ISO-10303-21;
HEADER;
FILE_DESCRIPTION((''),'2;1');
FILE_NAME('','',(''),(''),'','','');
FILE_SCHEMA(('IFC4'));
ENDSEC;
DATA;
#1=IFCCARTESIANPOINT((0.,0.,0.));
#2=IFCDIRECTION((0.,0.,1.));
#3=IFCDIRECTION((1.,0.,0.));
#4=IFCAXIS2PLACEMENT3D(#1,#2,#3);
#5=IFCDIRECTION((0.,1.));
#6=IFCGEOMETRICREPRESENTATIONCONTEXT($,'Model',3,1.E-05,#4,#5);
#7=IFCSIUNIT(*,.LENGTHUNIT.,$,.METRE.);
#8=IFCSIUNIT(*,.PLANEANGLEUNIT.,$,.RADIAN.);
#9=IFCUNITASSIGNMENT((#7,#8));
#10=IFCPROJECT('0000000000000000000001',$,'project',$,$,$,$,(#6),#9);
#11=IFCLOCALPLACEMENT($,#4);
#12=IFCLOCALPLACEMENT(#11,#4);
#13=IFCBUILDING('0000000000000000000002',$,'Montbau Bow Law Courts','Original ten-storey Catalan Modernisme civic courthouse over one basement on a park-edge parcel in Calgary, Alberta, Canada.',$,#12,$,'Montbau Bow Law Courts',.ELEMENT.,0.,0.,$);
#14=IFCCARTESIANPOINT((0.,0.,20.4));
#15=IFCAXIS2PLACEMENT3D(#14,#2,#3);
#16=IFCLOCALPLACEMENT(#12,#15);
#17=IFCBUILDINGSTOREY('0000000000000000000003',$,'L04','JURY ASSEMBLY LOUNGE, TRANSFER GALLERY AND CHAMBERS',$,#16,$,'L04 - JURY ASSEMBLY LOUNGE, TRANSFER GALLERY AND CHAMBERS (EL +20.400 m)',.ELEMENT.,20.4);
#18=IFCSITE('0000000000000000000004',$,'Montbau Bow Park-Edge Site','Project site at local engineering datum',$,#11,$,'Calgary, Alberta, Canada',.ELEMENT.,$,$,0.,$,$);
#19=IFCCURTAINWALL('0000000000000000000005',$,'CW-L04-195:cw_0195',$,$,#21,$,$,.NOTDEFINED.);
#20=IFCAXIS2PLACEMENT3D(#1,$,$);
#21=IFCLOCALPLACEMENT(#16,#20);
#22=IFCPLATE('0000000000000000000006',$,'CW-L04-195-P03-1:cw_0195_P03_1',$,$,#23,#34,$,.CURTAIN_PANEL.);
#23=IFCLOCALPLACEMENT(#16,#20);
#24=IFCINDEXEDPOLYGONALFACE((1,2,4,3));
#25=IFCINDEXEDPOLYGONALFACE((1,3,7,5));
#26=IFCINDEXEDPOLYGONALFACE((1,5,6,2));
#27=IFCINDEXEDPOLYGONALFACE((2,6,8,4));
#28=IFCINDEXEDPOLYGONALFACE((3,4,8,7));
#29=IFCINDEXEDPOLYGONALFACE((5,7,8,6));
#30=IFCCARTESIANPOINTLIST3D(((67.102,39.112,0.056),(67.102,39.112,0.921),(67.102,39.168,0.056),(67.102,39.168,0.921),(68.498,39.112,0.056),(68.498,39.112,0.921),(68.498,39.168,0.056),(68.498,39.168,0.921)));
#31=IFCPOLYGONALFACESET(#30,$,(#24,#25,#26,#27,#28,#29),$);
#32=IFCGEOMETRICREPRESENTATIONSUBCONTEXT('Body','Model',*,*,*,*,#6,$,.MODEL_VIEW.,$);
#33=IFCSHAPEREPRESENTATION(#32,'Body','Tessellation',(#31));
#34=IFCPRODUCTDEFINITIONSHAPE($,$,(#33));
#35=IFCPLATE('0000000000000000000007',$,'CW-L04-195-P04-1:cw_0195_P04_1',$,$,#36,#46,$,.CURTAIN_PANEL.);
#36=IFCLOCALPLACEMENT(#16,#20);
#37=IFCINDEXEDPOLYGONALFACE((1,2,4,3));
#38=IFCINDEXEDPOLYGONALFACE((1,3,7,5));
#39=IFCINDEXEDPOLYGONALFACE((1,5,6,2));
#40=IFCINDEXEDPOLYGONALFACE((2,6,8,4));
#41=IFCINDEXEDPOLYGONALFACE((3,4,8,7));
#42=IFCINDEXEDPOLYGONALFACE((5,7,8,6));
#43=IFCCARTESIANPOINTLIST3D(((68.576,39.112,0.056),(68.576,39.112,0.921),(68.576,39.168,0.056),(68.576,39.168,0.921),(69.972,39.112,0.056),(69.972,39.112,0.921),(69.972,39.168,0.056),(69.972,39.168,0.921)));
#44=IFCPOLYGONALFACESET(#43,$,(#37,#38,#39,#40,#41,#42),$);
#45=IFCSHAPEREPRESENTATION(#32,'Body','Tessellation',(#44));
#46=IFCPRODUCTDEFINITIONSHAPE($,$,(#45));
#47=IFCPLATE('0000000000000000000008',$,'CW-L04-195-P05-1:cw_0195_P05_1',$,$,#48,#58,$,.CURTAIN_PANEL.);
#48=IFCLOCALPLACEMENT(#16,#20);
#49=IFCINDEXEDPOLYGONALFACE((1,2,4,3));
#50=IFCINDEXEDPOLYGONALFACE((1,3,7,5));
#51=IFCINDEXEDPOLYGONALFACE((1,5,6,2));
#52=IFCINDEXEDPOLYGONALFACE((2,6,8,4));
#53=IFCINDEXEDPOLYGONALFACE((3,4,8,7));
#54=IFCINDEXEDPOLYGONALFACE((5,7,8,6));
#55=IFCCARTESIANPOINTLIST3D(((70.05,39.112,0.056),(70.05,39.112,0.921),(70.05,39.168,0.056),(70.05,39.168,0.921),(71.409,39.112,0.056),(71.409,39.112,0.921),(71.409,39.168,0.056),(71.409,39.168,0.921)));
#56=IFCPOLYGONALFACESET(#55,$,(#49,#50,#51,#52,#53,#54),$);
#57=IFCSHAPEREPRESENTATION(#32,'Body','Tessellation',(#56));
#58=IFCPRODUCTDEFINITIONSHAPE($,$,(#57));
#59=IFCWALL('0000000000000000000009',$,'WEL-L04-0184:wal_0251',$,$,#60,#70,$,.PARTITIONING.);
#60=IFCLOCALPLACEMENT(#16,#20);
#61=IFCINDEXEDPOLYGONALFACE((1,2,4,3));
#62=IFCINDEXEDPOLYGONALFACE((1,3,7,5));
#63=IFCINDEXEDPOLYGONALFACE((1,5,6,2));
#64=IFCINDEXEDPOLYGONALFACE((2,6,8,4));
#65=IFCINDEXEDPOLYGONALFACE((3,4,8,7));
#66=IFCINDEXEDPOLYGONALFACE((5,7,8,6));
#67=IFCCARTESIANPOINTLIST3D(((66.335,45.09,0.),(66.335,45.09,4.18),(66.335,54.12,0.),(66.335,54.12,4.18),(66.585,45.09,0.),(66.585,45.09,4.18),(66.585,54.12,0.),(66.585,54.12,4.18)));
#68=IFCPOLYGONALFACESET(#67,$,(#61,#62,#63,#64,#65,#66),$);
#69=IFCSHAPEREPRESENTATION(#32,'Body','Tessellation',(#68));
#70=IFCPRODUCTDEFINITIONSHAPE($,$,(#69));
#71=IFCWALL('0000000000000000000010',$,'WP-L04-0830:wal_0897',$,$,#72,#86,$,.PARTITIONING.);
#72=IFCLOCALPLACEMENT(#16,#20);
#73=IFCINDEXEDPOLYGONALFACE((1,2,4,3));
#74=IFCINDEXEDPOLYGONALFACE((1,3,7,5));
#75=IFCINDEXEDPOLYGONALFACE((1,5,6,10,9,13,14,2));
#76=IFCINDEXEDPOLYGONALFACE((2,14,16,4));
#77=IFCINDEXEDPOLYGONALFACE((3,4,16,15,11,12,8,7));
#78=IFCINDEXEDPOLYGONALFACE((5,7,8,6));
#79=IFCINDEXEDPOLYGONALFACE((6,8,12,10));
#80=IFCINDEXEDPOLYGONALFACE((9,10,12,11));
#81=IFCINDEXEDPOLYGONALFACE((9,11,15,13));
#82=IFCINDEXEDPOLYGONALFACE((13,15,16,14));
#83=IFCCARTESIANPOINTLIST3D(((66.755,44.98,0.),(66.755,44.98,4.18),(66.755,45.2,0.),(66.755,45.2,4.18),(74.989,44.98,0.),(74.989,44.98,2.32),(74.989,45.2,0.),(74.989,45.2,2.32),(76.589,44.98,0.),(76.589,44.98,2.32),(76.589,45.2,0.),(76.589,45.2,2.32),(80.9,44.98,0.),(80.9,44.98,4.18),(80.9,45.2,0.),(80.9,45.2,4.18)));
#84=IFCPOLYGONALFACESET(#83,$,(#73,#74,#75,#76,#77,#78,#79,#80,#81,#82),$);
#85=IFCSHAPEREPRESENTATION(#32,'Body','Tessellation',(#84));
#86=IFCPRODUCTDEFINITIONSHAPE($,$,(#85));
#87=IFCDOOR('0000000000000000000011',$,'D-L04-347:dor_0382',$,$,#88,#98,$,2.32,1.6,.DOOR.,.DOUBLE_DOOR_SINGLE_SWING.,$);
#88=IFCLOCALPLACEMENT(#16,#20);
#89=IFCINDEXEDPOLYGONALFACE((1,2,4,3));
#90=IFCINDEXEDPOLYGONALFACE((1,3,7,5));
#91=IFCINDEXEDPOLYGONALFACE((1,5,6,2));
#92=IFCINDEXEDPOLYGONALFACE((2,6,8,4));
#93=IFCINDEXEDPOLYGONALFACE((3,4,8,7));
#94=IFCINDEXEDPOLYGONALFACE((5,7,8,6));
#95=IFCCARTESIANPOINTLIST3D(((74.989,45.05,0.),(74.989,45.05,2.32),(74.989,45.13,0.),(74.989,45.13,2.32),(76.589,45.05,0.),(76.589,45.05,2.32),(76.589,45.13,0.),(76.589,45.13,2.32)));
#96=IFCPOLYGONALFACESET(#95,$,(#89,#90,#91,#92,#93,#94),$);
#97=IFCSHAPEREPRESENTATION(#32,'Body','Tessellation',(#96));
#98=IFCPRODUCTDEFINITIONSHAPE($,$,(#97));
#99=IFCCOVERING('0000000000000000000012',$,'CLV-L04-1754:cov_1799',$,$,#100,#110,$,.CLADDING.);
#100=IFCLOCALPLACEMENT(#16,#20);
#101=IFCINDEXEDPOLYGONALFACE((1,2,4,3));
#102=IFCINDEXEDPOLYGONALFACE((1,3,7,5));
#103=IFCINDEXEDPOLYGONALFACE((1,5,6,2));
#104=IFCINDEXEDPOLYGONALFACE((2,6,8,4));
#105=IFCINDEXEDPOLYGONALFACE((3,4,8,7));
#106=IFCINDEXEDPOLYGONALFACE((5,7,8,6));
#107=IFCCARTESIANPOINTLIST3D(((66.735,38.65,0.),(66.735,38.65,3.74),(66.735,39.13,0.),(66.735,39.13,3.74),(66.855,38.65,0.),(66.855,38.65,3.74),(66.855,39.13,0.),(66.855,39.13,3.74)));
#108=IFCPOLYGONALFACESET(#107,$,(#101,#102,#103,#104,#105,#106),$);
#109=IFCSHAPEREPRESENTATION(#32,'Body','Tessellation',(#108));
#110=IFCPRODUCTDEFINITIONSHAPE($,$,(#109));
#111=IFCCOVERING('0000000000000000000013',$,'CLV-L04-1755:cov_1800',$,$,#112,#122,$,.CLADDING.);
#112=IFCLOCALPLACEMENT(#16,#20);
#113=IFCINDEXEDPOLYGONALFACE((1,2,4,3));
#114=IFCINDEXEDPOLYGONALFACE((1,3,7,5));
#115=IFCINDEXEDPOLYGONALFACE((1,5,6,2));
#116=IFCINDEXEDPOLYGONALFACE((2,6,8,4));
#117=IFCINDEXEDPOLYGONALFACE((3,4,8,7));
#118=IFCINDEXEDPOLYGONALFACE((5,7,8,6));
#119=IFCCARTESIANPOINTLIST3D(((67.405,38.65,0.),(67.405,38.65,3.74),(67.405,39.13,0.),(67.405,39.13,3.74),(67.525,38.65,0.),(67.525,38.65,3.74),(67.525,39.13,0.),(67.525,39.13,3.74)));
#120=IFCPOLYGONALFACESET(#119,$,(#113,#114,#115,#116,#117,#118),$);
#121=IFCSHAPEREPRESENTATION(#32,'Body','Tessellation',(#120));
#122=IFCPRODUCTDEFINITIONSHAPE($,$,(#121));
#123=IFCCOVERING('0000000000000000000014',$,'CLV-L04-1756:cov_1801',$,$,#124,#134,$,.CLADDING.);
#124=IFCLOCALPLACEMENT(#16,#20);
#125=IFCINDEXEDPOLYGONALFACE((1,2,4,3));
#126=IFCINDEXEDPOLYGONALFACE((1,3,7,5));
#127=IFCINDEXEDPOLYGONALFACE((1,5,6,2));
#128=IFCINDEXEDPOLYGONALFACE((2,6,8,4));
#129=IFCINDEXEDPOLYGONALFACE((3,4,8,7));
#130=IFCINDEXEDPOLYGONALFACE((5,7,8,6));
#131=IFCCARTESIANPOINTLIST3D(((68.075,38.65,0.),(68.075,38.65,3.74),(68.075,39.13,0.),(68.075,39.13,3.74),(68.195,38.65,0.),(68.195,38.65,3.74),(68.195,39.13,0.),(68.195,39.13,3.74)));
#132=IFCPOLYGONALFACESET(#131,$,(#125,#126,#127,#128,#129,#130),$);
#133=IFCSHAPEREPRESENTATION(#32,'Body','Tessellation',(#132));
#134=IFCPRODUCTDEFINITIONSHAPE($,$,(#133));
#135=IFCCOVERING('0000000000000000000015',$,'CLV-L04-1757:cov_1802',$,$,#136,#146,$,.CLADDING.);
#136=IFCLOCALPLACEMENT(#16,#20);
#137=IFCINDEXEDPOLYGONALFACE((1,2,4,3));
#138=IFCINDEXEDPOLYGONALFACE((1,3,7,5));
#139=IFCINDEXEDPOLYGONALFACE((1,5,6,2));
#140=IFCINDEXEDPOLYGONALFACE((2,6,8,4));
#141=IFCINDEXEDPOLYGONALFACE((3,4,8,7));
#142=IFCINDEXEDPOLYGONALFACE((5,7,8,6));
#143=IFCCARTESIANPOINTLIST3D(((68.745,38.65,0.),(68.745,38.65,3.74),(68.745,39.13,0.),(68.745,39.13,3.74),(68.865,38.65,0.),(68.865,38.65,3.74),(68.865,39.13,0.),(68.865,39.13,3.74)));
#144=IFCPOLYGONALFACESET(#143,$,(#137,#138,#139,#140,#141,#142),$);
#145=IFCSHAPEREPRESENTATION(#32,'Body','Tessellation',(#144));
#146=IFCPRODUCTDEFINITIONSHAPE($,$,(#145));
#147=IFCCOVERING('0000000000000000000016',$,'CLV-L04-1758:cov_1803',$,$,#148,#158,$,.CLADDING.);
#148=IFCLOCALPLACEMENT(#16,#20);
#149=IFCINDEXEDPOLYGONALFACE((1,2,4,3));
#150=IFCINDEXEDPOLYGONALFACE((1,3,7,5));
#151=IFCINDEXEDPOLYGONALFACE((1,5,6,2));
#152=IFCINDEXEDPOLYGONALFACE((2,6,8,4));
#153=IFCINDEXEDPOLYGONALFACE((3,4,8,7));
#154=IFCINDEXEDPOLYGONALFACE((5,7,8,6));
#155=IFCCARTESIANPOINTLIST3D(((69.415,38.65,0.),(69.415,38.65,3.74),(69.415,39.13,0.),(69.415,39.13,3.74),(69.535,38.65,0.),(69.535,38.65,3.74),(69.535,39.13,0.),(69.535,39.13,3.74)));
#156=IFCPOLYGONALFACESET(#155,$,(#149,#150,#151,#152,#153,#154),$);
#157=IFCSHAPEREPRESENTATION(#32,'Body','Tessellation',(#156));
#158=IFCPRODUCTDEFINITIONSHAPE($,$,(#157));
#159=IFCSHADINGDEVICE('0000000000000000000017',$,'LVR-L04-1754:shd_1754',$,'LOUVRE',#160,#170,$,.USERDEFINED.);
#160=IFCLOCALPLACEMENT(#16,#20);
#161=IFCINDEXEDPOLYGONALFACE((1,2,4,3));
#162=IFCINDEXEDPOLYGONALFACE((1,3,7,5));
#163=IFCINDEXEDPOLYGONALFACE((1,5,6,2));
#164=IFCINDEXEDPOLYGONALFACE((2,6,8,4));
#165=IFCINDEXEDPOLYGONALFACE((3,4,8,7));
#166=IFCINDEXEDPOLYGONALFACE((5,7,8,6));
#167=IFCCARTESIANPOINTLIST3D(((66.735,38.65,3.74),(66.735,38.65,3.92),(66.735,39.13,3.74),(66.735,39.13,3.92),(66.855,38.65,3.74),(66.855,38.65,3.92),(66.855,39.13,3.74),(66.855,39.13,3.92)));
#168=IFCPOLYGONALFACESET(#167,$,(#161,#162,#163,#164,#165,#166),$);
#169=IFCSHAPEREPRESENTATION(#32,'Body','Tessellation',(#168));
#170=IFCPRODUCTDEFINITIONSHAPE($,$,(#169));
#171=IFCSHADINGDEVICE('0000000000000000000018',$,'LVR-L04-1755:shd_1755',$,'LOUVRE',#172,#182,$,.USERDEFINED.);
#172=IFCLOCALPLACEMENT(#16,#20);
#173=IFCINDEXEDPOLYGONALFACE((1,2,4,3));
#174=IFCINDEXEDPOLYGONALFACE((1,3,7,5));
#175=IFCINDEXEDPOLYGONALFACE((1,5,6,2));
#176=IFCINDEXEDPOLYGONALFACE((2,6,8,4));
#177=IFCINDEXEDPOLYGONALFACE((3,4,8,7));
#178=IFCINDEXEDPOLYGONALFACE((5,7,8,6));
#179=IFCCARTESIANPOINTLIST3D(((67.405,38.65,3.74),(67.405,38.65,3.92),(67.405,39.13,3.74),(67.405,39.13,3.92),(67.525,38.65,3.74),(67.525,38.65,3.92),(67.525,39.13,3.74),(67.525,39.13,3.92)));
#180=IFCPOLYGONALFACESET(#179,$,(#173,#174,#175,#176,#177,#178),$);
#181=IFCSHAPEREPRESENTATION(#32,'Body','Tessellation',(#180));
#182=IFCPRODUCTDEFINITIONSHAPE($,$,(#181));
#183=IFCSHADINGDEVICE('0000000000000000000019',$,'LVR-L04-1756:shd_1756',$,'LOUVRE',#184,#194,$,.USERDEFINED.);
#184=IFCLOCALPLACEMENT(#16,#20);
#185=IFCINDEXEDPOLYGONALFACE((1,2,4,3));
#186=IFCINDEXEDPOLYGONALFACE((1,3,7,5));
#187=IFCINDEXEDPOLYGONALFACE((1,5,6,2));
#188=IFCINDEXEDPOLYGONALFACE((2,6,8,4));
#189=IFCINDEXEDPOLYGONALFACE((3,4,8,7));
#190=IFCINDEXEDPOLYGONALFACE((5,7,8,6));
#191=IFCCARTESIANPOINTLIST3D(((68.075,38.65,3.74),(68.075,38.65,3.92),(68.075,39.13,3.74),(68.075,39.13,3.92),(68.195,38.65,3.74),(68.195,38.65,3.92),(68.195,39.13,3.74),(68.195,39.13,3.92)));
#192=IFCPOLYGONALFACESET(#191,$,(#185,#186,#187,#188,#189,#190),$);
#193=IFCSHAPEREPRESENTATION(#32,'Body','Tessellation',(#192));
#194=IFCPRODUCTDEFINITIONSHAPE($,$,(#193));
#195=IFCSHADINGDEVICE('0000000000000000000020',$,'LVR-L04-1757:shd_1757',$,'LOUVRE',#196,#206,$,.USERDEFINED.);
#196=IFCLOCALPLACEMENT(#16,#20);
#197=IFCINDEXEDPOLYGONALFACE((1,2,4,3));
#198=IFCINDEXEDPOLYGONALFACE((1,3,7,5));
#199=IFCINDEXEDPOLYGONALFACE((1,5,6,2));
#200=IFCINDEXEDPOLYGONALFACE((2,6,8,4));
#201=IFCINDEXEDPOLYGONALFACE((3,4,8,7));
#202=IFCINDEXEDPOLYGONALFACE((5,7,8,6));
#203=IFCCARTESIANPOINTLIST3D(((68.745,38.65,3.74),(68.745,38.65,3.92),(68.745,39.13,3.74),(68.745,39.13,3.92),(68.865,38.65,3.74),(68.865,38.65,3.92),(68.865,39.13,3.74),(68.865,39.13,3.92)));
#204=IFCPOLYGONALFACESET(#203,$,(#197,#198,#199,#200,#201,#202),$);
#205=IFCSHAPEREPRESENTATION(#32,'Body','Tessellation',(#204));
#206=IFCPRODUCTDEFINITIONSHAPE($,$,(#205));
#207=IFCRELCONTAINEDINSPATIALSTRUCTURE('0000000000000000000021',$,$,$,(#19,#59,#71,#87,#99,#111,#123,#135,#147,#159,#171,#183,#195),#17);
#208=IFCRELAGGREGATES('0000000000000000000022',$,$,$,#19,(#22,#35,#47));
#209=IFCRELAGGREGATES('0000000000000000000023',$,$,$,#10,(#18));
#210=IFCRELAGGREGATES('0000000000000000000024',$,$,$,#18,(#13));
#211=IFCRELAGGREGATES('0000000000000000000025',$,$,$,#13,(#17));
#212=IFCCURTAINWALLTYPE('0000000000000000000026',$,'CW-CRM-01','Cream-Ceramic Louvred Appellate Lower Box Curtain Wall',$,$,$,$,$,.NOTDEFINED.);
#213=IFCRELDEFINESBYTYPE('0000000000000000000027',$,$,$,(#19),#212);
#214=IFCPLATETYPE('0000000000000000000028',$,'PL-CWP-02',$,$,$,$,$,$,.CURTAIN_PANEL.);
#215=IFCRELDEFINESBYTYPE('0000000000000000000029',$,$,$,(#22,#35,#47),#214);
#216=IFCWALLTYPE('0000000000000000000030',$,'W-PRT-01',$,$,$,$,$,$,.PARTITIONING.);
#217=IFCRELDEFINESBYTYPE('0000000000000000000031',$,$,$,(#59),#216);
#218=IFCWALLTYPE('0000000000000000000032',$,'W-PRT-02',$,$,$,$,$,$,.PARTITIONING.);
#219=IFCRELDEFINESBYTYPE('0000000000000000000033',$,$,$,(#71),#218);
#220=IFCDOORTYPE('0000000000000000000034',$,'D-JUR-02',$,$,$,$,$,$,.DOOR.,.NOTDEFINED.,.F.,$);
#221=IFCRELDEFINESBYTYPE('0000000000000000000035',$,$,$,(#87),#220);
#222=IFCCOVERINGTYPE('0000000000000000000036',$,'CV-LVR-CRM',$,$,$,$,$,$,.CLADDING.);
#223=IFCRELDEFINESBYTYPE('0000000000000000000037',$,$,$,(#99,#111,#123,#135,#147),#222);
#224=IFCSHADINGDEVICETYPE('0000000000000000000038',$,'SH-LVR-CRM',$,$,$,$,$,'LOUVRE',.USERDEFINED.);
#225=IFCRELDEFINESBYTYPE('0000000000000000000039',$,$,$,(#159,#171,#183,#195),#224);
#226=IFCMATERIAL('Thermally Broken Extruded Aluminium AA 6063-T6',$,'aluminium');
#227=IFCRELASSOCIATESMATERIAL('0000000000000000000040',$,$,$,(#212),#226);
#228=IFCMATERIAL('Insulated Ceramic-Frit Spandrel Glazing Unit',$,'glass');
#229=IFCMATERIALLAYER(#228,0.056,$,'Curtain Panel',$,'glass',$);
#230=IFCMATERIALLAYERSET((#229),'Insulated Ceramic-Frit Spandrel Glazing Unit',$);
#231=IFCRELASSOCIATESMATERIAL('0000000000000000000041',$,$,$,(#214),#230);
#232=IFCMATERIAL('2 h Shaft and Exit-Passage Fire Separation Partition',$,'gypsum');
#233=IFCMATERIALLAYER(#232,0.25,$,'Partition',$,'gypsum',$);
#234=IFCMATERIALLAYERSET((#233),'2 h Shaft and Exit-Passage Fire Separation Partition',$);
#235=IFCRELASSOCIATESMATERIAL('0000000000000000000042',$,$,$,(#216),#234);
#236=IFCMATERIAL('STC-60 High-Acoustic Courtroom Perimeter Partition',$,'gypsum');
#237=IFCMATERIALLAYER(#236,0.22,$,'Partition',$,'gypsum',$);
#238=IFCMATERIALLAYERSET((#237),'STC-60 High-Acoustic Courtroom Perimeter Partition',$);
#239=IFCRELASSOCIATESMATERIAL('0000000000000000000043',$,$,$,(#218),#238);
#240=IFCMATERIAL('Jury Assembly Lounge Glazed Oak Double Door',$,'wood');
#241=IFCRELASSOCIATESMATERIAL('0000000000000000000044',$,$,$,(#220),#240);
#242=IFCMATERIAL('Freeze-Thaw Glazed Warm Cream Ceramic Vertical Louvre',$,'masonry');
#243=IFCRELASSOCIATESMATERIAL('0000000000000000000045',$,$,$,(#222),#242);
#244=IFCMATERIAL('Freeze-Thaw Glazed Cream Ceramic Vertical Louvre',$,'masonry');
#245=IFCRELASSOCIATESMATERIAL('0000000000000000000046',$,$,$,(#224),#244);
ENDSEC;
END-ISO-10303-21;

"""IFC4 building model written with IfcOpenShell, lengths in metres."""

from ifc_helpers import new_model, si_unit, direction, frame, frame_2d, origin_with_axes, origin_2d_with_axis, place, context, subcontext, project, spatial, rectangle, extrude, material, layer, layer_set, type_object, element, fill, aggregate, save


model = new_model("IFC4")

# Units and contexts
model_context = context("Model", 3, precision=1e-05, world=origin_with_axes(), true_north=direction((0.0, 1.0)))
body_context = subcontext(model_context, "Body", "Model", "MODEL_VIEW")
ifc_project = project(units=[si_unit("LENGTHUNIT", "METRE"), si_unit("PLANEANGLEUNIT", "RADIAN")], contexts=[model_context])

# Site, building, storey
site_placement = place(None, origin_with_axes())
site = spatial("IfcSite", under=ifc_project, at=site_placement, Name="Montbau Bow Park-Edge Site", Description="Project site at local engineering datum", LongName="Calgary, Alberta, Canada", CompositionType="ELEMENT", RefElevation=0.0)
building_placement = place(site_placement, origin_with_axes())
building = spatial("IfcBuilding", under=site, at=building_placement, Name="Montbau Bow Law Courts", Description="Original ten-storey Catalan Modernisme civic courthouse over one basement on a park-edge parcel in Calgary, Alberta, Canada.", LongName="Montbau Bow Law Courts", CompositionType="ELEMENT", ElevationOfRefHeight=0.0, ElevationOfTerrain=0.0)
storey_placement = place(building_placement, frame((0.0, 0.0, 20.4), z_axis=(0.0, 0.0, 1.0), x_axis=(1.0, 0.0, 0.0)))
storey = spatial("IfcBuildingStorey", under=building, at=storey_placement, Name="L04", Description="JURY ASSEMBLY LOUNGE, TRANSFER GALLERY AND CHAMBERS", LongName="L04 - JURY ASSEMBLY LOUNGE, TRANSFER GALLERY AND CHAMBERS (EL +20.400 m)", CompositionType="ELEMENT", Elevation=20.4)

# Curtain wall, plates
ifc_material_1 = material(Name="Thermally Broken Extruded Aluminium AA 6063-T6", Category="aluminium")
curtain_wall_type = type_object("IfcCurtainWallType", Name="CW-CRM-01", Description="Cream-Ceramic Louvred Appellate Lower Box Curtain Wall", PredefinedType="NOTDEFINED", material=ifc_material_1)
curtain_wall_placement = place(None, frame((64.115, 39.14, 20.4), z_axis=(0.0, 0.0, 1.0), x_axis=(1.0, 0.0, 0.0)))
curtain_wall = element("IfcCurtainWall", 1, at=curtain_wall_placement, inside=storey, type_object=curtain_wall_type, Name="CW-L04-195:cw_0195", PredefinedType="NOTDEFINED")
ifc_material_2 = material(Name="Insulated Ceramic-Frit Spandrel Glazing Unit", Category="glass")
ifc_layer_1 = layer(ifc_material_2, 0.056, Name="Curtain Panel", Category="glass")
ifc_layer_set_1 = layer_set([ifc_layer_1], Name="Insulated Ceramic-Frit Spandrel Glazing Unit")
plate_type_1 = type_object("IfcPlateType", Name="PL-CWP-02", PredefinedType="CURTAIN_PANEL", material=ifc_layer_set_1)
plate_1_placement = place(None, frame((67.102, 39.14, 20.456), z_axis=(0.0, -1.0, 0.0), x_axis=(1.0, 0.0, 0.0)))
plate_1 = element("IfcPlate", 2, at=plate_1_placement, type_object=plate_type_1, Name="CW-L04-195-P03-1:cw_0195_P03_1", PredefinedType="CURTAIN_PANEL", context=body_context, shape_type="SweptSolid", body=[
    extrude(rectangle(XDim=1.396, YDim=0.865, at=frame_2d((0.698, 0.4325), x_axis=(1.0, 0.0))), frame((0.0, 0.0, -0.028), z_axis=(0.0, 0.0, 1.0), x_axis=(1.0, 0.0, 0.0)), (0.0, 0.0, 1.0), 0.056),
])
plate_2_placement = place(None, frame((68.576, 39.14, 20.456), z_axis=(0.0, -1.0, 0.0), x_axis=(1.0, 0.0, 0.0)))
plate_2 = element("IfcPlate", 3, at=plate_2_placement, type_object=plate_type_1, Name="CW-L04-195-P04-1:cw_0195_P04_1", PredefinedType="CURTAIN_PANEL", context=body_context, shape_type="SweptSolid", body=[
    extrude(rectangle(XDim=1.396, YDim=0.865, at=frame_2d((0.698, 0.4325), x_axis=(1.0, 0.0))), frame((0.0, 0.0, -0.028), z_axis=(0.0, 0.0, 1.0), x_axis=(1.0, 0.0, 0.0)), (0.0, 0.0, 1.0), 0.056),
])
plate_3_placement = place(None, frame((70.05, 39.14, 20.456), z_axis=(0.0, -1.0, 0.0), x_axis=(1.0, 0.0, 0.0)))
plate_3 = element("IfcPlate", 4, at=plate_3_placement, type_object=plate_type_1, Name="CW-L04-195-P05-1:cw_0195_P05_1", PredefinedType="CURTAIN_PANEL", context=body_context, shape_type="SweptSolid", body=[
    extrude(rectangle(XDim=1.359, YDim=0.865, at=frame_2d((0.6795, 0.4325), x_axis=(1.0, 0.0))), frame((0.0, 0.0, -0.028), z_axis=(0.0, 0.0, 1.0), x_axis=(1.0, 0.0, 0.0)), (0.0, 0.0, 1.0), 0.056),
])
aggregate(curtain_wall, [plate_1, plate_2, plate_3])

# Wall
ifc_material_3 = material(Name="2 h Shaft and Exit-Passage Fire Separation Partition", Category="gypsum")
ifc_layer_2 = layer(ifc_material_3, 0.25, Name="Partition", Category="gypsum")
ifc_layer_set_2 = layer_set([ifc_layer_2], Name="2 h Shaft and Exit-Passage Fire Separation Partition")
wall_type_1 = type_object("IfcWallType", Name="W-PRT-01", PredefinedType="PARTITIONING", material=ifc_layer_set_2)
wall_1_placement = place(None, frame((66.46, 45.09, 20.4), z_axis=(0.0, 0.0, 1.0), x_axis=(0.0, 1.0, 0.0)))
element("IfcWall", 5, at=wall_1_placement, inside=storey, type_object=wall_type_1, Name="WEL-L04-0184:wal_0251", PredefinedType="PARTITIONING", context=body_context, shape_type="SweptSolid", body=[
    extrude(rectangle(XDim=9.03, YDim=0.25, at=frame_2d((4.515, 0.0), x_axis=(1.0, 0.0))), origin_with_axes(), (0.0, 0.0, 1.0), 4.18),
])

# Wall, opening, door
ifc_material_4 = material(Name="STC-60 High-Acoustic Courtroom Perimeter Partition", Category="gypsum")
ifc_layer_3 = layer(ifc_material_4, 0.22, Name="Partition", Category="gypsum")
ifc_layer_set_3 = layer_set([ifc_layer_3], Name="STC-60 High-Acoustic Courtroom Perimeter Partition")
wall_type_2 = type_object("IfcWallType", Name="W-PRT-02", PredefinedType="PARTITIONING", material=ifc_layer_set_3)
wall_2_placement = place(None, frame((66.755, 45.09, 20.4), z_axis=(0.0, 0.0, 1.0), x_axis=(1.0, 0.0, 0.0)))
wall_2 = element("IfcWall", 6, at=wall_2_placement, inside=storey, type_object=wall_type_2, Name="WP-L04-0830:wal_0897", PredefinedType="PARTITIONING", context=body_context, shape_type="SweptSolid", body=[
    extrude(rectangle(XDim=14.145, YDim=0.22, at=frame_2d((7.0725, 0.0), x_axis=(1.0, 0.0))), origin_with_axes(), (0.0, 0.0, 1.0), 4.18),
])
opening_placement = place(None, frame((75.789, 45.09, 20.4), z_axis=(0.0, 0.0, 1.0), x_axis=(1.0, 0.0, 0.0)))
opening = element("IfcOpeningElement", 7, at=opening_placement, cuts=wall_2, PredefinedType="OPENING", context=body_context, shape_type="SweptSolid", body=[
    extrude(rectangle(XDim=1.6, YDim=2.32, at=frame_2d((0.0, 1.16), x_axis=(1.0, 0.0))), frame((0.0, 0.12, 0.0), z_axis=(0.0, -1.0, 0.0), x_axis=(1.0, 0.0, 0.0)), (0.0, 0.0, 1.0), 0.24),
])
ifc_material_5 = material(Name="Jury Assembly Lounge Glazed Oak Double Door", Category="wood")
door_type = type_object("IfcDoorType", Name="D-JUR-02", OperationType="NOTDEFINED", ParameterTakesPrecedence=False, PredefinedType="DOOR", material=ifc_material_5)
door_placement = place(None, frame((75.789, 45.09, 20.4), z_axis=(0.0, 0.0, 1.0), x_axis=(-1.0, 0.0, 0.0)))
door = element("IfcDoor", 8, at=door_placement, inside=storey, type_object=door_type, Name="D-L04-347:dor_0382", OperationType="DOUBLE_DOOR_SINGLE_SWING", OverallHeight=2.32, OverallWidth=1.6, PredefinedType="DOOR", context=body_context, shape_type="SweptSolid", body=[
    extrude(rectangle(XDim=1.6, YDim=2.32, at=frame_2d((0.0, 1.16), x_axis=(1.0, 0.0))), frame((0.0, 0.04, 0.0), z_axis=(0.0, -1.0, 0.0), x_axis=(1.0, 0.0, 0.0)), (0.0, 0.0, 1.0), 0.08),
])
fill(opening, door)

# Coverings
ifc_material_6 = material(Name="Freeze-Thaw Glazed Warm Cream Ceramic Vertical Louvre", Category="masonry")
covering_type = type_object("IfcCoveringType", Name="CV-LVR-CRM", PredefinedType="CLADDING", material=ifc_material_6)
for number, where, z_axis, x_axis, name in (
    (9, (66.795, 39.13, 20.4), (-1.0, 0.0, 0.0), (0.0, -1.0, 0.0), "CLV-L04-1754:cov_1799"),
    (10, (67.465, 39.13, 20.4), (-1.0, 0.0, 0.0), (0.0, -1.0, 0.0), "CLV-L04-1755:cov_1800"),
    (11, (68.135, 39.13, 20.4), (-1.0, 0.0, 0.0), (0.0, -1.0, 0.0), "CLV-L04-1756:cov_1801"),
    (12, (68.805, 39.13, 20.4), (-1.0, 0.0, 0.0), (0.0, -1.0, 0.0), "CLV-L04-1757:cov_1802"),
    (13, (69.475, 39.13, 20.4), (-1.0, 0.0, 0.0), (0.0, -1.0, 0.0), "CLV-L04-1758:cov_1803"),
):
    element("IfcCovering", number, at=place(None, frame(where, z_axis=z_axis, x_axis=x_axis)), inside=storey, type_object=covering_type, Name=name, PredefinedType="CLADDING", context=body_context, shape_type="SweptSolid", body=[
        extrude(rectangle(XDim=0.48, YDim=3.74, at=frame_2d((0.24, 1.87), x_axis=(1.0, 0.0))), frame((0.0, 0.0, -0.06), z_axis=(0.0, 0.0, 1.0), x_axis=(1.0, 0.0, 0.0)), (0.0, 0.0, 1.0), 0.12),
    ])

# Shading devices
ifc_material_7 = material(Name="Freeze-Thaw Glazed Cream Ceramic Vertical Louvre", Category="masonry")
shading_device_type = type_object("IfcShadingDeviceType", Name="SH-LVR-CRM", ElementType="LOUVRE", PredefinedType="USERDEFINED", material=ifc_material_7)
for number, where, z_axis, x_axis, name in (
    (14, (66.795, 38.89, 24.14), (0.0, 0.0, 1.0), (0.0, -1.0, 0.0), "LVR-L04-1754:shd_1754"),
    (15, (67.465, 38.89, 24.14), (0.0, 0.0, 1.0), (0.0, -1.0, 0.0), "LVR-L04-1755:shd_1755"),
    (16, (68.135, 38.89, 24.14), (0.0, 0.0, 1.0), (0.0, -1.0, 0.0), "LVR-L04-1756:shd_1756"),
    (17, (68.805, 38.89, 24.14), (0.0, 0.0, 1.0), (0.0, -1.0, 0.0), "LVR-L04-1757:shd_1757"),
):
    element("IfcShadingDevice", number, at=place(None, frame(where, z_axis=z_axis, x_axis=x_axis)), inside=storey, type_object=shading_device_type, Name=name, ObjectType="LOUVRE", PredefinedType="USERDEFINED", context=body_context, shape_type="SweptSolid", body=[
        extrude(rectangle(XDim=0.48, YDim=0.12, at=origin_2d_with_axis()), origin_with_axes(), (0.0, 0.0, 1.0), 0.18),
    ])

save(model, "model.ifc")
